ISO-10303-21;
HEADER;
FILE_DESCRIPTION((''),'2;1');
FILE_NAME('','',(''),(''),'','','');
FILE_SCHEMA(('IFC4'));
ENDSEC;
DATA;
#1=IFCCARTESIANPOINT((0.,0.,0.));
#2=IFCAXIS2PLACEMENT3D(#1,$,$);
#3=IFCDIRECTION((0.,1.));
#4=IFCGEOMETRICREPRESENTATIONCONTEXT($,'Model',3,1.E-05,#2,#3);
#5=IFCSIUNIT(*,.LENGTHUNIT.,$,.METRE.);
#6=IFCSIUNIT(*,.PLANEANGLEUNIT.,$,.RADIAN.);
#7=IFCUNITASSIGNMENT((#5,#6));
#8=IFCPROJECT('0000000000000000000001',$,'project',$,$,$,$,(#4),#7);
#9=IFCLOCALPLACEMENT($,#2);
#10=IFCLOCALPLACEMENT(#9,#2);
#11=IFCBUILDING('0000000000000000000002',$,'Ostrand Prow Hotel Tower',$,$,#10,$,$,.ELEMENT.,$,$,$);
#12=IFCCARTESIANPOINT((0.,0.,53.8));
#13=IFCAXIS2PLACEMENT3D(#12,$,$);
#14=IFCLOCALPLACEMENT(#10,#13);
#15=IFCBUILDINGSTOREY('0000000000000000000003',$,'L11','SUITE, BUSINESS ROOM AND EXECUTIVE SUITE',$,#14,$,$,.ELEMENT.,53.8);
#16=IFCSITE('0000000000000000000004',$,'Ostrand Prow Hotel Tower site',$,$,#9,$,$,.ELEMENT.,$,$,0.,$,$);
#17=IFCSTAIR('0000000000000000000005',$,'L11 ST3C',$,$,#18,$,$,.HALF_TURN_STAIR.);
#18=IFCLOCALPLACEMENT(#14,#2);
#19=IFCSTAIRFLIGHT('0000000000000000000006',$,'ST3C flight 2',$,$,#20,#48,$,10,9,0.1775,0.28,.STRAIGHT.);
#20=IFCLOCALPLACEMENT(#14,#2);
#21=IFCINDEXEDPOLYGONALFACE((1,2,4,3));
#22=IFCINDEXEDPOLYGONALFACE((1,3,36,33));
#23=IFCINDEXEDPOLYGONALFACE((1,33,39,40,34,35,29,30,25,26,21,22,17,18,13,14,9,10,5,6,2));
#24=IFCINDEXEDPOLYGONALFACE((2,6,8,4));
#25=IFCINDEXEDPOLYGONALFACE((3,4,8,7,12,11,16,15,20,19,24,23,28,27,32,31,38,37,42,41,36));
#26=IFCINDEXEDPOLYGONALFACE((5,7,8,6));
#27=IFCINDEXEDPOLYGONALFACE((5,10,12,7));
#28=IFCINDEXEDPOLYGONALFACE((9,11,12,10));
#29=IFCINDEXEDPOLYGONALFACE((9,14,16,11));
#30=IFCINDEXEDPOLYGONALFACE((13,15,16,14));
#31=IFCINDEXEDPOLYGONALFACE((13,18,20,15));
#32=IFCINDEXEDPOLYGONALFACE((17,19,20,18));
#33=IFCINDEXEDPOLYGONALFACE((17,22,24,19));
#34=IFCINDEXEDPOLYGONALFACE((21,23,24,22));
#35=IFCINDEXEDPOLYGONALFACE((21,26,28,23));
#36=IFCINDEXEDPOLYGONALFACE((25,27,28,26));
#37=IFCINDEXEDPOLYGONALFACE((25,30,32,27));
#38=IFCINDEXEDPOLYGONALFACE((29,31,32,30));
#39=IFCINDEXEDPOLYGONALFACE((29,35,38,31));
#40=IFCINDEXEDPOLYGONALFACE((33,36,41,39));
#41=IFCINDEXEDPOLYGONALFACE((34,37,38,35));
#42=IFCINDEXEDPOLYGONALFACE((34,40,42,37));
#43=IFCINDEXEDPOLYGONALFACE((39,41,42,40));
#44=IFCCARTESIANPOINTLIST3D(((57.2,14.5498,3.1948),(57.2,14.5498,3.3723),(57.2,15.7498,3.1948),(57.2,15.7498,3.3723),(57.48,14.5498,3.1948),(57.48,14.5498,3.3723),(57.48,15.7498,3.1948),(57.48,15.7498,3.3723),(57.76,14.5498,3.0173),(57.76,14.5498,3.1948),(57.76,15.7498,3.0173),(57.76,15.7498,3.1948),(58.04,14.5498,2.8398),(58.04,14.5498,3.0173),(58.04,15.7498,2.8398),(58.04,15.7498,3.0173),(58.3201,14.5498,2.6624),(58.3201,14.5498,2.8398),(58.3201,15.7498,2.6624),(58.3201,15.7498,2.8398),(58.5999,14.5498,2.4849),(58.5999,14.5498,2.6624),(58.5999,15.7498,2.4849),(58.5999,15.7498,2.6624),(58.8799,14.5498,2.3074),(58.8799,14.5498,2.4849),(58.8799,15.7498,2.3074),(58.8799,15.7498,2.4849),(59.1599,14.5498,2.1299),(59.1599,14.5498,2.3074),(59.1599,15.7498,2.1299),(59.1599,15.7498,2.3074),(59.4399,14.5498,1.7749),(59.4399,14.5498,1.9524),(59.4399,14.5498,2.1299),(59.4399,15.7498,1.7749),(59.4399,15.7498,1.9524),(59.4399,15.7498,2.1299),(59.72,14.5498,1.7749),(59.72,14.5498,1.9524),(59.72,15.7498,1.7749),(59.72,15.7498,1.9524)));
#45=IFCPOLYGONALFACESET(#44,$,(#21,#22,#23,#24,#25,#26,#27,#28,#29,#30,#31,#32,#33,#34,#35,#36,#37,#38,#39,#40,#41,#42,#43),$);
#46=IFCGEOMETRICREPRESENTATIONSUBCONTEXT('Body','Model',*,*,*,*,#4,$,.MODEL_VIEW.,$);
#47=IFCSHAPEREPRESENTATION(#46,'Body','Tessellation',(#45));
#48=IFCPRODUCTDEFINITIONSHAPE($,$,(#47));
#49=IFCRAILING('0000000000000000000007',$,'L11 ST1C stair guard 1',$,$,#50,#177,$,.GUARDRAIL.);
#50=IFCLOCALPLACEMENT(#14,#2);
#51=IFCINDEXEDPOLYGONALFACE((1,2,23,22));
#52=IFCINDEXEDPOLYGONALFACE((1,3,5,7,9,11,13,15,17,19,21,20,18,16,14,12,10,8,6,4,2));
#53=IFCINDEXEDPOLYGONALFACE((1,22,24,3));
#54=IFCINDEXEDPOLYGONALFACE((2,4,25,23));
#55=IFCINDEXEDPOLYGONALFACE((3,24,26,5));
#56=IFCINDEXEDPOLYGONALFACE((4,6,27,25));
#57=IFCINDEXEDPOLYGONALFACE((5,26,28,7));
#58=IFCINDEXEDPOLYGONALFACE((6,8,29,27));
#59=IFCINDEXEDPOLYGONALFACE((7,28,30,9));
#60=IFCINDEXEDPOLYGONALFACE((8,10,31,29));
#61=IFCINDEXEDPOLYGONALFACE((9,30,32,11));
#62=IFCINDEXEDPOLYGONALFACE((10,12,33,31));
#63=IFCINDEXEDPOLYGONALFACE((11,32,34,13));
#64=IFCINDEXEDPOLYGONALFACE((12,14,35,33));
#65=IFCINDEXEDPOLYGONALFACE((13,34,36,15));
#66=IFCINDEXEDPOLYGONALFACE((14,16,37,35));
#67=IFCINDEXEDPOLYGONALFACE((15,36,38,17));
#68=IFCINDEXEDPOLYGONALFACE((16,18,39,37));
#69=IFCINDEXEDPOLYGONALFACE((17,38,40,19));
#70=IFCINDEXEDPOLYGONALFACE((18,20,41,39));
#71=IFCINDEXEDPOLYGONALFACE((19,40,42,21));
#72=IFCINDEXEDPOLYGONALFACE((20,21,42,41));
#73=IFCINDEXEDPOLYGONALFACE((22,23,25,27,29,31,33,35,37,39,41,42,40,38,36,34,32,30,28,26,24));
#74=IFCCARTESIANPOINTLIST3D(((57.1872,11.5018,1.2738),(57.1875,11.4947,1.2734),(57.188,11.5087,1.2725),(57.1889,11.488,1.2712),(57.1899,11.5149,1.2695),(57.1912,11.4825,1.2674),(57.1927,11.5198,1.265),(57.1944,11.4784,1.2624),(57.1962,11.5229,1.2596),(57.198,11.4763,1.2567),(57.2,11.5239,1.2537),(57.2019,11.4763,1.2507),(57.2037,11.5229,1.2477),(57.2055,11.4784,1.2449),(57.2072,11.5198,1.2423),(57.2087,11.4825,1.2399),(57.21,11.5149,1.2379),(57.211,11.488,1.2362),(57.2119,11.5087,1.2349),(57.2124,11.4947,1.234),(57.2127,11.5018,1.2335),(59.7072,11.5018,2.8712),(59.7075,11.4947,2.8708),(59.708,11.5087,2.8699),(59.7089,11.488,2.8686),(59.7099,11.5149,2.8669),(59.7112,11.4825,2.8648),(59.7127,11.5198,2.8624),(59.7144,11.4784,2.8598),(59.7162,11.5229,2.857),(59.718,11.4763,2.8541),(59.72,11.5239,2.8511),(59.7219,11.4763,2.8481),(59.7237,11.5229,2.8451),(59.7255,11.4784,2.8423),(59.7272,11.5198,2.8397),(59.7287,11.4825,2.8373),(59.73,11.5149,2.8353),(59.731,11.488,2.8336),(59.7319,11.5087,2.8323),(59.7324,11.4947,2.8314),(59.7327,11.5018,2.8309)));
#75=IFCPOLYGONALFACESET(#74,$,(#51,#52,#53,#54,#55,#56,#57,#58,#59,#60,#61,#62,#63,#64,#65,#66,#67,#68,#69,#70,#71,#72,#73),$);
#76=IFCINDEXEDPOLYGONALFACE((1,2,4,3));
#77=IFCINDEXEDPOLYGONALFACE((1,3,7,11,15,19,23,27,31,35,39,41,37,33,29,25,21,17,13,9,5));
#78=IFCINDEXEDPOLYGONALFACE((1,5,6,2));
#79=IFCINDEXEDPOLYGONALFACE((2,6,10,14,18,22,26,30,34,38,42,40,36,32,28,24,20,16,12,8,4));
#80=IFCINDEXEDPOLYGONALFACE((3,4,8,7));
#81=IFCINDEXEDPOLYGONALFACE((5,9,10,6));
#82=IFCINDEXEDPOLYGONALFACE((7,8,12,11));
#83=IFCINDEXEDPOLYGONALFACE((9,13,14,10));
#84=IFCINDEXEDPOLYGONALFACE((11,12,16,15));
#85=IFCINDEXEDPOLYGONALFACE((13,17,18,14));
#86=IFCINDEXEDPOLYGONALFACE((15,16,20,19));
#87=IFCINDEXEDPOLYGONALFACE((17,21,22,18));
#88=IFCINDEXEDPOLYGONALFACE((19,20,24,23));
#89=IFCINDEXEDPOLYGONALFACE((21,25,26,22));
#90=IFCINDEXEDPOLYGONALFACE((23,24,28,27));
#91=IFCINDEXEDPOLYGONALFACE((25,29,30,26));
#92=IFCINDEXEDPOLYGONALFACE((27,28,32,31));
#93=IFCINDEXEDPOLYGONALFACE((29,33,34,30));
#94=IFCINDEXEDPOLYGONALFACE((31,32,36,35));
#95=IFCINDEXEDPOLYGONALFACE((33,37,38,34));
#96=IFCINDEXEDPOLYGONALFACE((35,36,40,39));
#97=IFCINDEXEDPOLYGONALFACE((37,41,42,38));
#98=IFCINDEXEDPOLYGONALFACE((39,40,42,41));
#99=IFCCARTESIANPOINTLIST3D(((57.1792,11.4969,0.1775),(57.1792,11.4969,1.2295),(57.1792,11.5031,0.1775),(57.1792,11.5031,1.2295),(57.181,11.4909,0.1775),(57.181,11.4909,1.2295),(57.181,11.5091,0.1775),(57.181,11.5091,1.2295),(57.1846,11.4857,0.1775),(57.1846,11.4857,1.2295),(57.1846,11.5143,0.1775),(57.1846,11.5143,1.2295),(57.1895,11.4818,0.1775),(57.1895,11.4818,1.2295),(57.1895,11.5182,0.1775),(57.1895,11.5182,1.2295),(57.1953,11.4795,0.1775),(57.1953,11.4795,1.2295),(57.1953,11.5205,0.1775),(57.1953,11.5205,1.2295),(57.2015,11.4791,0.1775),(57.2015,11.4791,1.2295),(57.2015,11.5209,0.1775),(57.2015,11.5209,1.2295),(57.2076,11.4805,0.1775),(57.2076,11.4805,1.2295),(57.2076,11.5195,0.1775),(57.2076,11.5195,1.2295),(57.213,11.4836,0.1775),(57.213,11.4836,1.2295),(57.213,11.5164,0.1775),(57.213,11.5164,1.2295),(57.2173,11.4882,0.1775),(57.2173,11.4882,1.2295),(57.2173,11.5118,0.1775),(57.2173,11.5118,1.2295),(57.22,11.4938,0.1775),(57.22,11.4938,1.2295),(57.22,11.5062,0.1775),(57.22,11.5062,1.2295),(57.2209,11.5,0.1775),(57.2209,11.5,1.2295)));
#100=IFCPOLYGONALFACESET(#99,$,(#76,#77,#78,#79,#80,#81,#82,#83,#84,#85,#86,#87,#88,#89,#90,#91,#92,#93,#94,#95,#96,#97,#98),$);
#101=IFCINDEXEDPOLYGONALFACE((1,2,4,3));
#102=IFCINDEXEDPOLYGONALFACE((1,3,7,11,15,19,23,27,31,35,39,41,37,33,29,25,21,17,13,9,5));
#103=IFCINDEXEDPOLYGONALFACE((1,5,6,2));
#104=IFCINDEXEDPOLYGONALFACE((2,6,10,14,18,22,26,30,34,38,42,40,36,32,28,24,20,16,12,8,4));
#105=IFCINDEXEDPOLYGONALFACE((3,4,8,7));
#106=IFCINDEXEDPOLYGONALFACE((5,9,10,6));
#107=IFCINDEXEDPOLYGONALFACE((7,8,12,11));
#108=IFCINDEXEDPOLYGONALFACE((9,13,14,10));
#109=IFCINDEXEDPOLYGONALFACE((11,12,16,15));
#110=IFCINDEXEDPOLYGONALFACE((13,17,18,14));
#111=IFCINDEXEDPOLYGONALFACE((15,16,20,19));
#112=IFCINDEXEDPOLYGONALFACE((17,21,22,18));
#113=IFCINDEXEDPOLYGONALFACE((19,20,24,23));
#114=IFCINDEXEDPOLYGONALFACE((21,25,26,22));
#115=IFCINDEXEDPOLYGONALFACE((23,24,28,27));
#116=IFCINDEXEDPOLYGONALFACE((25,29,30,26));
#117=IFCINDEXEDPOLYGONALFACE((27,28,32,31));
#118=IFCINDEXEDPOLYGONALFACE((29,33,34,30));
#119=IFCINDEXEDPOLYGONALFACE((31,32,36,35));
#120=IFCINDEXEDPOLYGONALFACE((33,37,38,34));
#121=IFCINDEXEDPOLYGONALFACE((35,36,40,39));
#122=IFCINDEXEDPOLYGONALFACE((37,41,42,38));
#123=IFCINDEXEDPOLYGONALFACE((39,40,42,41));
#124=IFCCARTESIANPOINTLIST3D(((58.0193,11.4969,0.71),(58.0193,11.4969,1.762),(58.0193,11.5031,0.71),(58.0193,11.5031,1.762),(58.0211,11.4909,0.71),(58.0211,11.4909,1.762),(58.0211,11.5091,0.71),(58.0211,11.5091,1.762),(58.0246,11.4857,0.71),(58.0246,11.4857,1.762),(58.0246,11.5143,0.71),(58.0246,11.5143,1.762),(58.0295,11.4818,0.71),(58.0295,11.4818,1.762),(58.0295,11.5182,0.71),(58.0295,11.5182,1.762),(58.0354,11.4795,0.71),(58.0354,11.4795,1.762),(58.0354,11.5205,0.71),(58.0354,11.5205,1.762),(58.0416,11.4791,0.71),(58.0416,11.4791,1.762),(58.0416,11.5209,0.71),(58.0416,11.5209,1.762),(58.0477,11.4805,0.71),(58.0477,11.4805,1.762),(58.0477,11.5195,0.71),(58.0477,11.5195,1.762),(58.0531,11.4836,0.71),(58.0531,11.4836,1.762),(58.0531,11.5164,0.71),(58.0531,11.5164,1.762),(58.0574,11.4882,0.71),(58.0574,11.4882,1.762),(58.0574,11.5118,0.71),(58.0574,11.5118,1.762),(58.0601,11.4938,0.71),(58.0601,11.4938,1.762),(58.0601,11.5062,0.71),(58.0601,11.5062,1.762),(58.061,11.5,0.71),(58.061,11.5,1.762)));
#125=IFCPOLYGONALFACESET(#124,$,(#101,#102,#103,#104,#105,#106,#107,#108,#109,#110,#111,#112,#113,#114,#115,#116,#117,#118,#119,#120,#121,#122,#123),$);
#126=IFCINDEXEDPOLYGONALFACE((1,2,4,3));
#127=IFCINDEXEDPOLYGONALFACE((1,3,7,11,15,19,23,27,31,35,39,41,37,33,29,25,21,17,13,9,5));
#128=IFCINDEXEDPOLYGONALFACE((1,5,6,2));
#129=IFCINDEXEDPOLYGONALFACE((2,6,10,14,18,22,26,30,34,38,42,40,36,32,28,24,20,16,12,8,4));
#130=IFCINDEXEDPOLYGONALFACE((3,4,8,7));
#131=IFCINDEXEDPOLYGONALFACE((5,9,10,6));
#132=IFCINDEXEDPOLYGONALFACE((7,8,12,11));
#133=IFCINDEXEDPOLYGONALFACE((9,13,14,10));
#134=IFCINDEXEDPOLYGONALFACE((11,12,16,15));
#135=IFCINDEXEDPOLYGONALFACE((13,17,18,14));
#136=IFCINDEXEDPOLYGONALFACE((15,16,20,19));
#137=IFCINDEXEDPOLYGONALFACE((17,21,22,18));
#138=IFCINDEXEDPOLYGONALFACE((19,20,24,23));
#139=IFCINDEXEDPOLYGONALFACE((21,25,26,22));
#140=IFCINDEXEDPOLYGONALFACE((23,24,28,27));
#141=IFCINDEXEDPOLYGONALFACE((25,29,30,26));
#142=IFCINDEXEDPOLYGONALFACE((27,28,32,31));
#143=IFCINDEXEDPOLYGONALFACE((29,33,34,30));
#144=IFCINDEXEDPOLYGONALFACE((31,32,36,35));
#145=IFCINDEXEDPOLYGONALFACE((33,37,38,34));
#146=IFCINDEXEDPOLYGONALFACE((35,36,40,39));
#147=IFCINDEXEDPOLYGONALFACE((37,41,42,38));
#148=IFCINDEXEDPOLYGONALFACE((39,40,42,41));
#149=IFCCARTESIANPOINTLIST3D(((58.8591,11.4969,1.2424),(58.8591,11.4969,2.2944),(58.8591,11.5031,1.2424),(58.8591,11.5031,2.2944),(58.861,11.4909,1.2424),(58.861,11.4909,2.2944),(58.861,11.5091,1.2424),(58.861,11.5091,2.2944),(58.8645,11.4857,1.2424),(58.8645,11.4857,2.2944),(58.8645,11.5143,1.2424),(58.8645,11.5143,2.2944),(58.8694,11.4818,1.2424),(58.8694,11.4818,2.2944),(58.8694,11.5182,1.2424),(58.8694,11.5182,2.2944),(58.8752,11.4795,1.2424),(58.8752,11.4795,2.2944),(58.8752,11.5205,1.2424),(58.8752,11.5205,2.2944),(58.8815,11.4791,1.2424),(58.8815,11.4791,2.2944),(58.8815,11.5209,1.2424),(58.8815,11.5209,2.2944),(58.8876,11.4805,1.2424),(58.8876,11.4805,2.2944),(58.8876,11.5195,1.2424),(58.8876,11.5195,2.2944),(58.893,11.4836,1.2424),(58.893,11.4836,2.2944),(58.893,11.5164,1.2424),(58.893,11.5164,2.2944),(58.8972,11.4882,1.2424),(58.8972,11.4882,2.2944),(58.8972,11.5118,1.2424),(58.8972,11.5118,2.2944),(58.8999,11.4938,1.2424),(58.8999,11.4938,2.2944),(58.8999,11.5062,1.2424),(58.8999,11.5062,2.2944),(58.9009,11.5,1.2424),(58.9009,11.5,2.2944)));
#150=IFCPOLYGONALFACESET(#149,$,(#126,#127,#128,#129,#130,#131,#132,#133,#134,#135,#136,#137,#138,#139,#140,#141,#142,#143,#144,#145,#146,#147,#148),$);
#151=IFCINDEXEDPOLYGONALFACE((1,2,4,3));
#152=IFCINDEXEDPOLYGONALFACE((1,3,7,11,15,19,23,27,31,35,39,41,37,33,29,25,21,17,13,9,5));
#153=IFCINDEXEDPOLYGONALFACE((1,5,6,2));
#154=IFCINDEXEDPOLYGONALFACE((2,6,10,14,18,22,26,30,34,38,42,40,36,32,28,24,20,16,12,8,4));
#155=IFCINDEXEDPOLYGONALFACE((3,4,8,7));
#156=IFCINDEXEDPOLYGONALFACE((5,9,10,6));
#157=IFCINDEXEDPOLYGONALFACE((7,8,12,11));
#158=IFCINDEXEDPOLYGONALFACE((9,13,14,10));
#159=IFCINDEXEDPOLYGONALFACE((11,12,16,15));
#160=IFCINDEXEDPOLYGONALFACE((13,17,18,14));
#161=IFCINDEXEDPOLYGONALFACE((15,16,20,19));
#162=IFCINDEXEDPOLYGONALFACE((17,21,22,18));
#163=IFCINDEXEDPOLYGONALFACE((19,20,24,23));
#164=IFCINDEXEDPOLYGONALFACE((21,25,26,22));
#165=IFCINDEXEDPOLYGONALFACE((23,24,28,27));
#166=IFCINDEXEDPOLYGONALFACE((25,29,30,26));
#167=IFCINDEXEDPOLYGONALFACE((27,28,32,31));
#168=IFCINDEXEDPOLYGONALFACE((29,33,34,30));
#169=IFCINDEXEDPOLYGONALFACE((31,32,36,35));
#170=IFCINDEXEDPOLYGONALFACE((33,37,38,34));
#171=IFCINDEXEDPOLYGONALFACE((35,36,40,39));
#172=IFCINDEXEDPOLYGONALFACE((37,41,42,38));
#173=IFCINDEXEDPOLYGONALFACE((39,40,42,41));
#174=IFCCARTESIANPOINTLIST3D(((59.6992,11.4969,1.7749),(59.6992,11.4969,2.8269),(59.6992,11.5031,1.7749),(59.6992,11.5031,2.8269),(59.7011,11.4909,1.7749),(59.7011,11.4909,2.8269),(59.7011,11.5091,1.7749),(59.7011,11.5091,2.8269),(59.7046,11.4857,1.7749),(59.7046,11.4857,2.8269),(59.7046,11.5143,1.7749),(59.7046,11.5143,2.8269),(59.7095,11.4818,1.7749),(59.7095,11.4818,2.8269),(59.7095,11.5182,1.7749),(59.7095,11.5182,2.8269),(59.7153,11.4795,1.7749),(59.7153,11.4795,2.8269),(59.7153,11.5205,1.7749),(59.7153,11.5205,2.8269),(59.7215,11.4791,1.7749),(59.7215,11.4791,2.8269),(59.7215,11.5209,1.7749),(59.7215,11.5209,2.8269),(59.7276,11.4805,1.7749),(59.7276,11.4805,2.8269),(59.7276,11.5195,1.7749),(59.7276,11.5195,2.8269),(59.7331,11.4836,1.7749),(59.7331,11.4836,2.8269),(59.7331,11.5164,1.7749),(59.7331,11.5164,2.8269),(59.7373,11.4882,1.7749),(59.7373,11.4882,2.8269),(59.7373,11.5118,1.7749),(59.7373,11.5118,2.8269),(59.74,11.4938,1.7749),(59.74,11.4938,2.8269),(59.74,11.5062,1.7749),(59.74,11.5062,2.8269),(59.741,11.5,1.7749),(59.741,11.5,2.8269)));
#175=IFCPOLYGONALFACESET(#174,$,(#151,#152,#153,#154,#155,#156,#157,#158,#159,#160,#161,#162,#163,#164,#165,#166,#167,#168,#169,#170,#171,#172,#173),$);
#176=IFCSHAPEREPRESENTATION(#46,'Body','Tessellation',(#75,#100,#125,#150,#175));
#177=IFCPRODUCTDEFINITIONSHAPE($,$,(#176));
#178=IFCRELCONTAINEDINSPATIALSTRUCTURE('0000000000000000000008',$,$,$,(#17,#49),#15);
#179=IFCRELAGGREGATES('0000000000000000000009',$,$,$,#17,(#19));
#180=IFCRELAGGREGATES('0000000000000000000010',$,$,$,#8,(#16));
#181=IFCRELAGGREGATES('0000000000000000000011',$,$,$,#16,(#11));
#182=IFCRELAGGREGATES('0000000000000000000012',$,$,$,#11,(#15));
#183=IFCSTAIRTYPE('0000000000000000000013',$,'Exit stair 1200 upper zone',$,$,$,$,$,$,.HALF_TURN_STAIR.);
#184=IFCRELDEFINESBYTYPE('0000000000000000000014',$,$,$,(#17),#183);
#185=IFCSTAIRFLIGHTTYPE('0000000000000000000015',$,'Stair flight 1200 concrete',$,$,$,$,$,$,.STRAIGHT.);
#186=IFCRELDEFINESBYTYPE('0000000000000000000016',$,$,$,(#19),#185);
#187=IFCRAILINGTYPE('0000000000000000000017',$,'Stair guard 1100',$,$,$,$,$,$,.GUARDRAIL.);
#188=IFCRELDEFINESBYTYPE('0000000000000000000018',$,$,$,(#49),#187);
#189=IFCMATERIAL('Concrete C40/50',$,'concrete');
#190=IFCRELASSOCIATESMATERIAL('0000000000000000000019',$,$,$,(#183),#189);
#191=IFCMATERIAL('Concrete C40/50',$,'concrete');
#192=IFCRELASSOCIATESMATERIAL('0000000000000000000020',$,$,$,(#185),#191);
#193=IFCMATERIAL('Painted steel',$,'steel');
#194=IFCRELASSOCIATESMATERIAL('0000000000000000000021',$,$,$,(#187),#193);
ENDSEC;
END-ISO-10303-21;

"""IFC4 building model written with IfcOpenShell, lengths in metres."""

from ifc_helpers import new_model, si_unit, direction, frame, origin, origin_2d, place, context, subcontext, project, spatial, polyline, circle, outline, extrude, material, type_object, element, aggregate, save


model = new_model("IFC4")

# Units and contexts
model_context = context("Model", 3, precision=1e-05, world=origin(), true_north=direction((0.0, 1.0)))
body_context = subcontext(model_context, "Body", "Model", "MODEL_VIEW")
ifc_project = project(units=[si_unit("LENGTHUNIT", "METRE"), si_unit("PLANEANGLEUNIT", "RADIAN")], contexts=[model_context])

# Site, building, storey
site_placement = place(None, origin())
site = spatial("IfcSite", under=ifc_project, at=site_placement, Name="Ostrand Prow Hotel Tower site", CompositionType="ELEMENT", RefElevation=0.0)
building_placement = place(site_placement, origin())
building = spatial("IfcBuilding", under=site, at=building_placement, Name="Ostrand Prow Hotel Tower", CompositionType="ELEMENT")
storey_placement = place(building_placement, frame((0.0, 0.0, 53.8)))
storey = spatial("IfcBuildingStorey", under=building, at=storey_placement, Name="L11", Description="SUITE, BUSINESS ROOM AND EXECUTIVE SUITE", CompositionType="ELEMENT", Elevation=53.8)

# Shared definitions
ifc_material_1 = material(Name="Concrete C40/50", Category="concrete")
stair_type = type_object("IfcStairType", Name="Exit stair 1200 upper zone", PredefinedType="HALF_TURN_STAIR", material=ifc_material_1)
ifc_material_2 = material(Name="Concrete C40/50", Category="concrete")
stair_flight_type = type_object("IfcStairFlightType", Name="Stair flight 1200 concrete", PredefinedType="STRAIGHT", material=ifc_material_2)

# Stair, stair flight
stair_1_placement = place(storey_placement, origin())
stair_1 = element("IfcStair", 1, at=stair_1_placement, inside=storey, type_object=stair_type, Name="L11 ST3C", PredefinedType="HALF_TURN_STAIR")
stair_flight_1_placement = place(storey_placement, frame((59.72, 15.1499, 1.7749), z_axis=(0.0, 0.0, 1.0), x_axis=(-1.0, 0.0, 0.0)))
stair_flight_1 = element("IfcStairFlight", 2, at=stair_flight_1_placement, type_object=stair_flight_type, Name="ST3C flight 2", NumberOfRisers=10, NumberOfTreads=9, PredefinedType="STRAIGHT", RiserHeight=0.1775, TreadLength=0.28, context=body_context, shape_type="SweptSolid", body=[
    extrude(outline(polyline([(0.0, 0.0), (0.0, 0.1775), (0.28, 0.1775), (0.28, 0.355), (0.5601, 0.355), (0.5601, 0.5325), (0.8401, 0.5325), (0.8401, 0.71), (1.1201, 0.71), (1.1201, 0.8875), (1.3999, 0.8875), (1.3999, 1.0649), (1.6799, 1.0649), (1.6799, 1.2424), (1.96, 1.2424), (1.96, 1.4199), (2.24, 1.4199), (2.24, 1.5974), (2.52, 1.5974), (2.52, 1.7749), (2.52, 1.4199), (0.28, 0.0), (0.0, 0.0)])), frame((0.0, 0.6001, 0.0), z_axis=(0.0, -1.0, 0.0), x_axis=(1.0, 0.0, 0.0)), (0.0, 0.0, 1.0), 1.2),
])
aggregate(stair_1, [stair_flight_1])

# Railing
ifc_material_3 = material(Name="Painted steel", Category="steel")
railing_type_1 = type_object("IfcRailingType", Name="Stair guard 1100", PredefinedType="GUARDRAIL", material=ifc_material_3)
railing_1_placement = place(storey_placement, frame((57.2, 11.5, 0.1775)))
element("IfcRailing", 3, at=railing_1_placement, inside=storey, type_object=railing_type_1, Name="L11 ST1C stair guard 1", PredefinedType="GUARDRAIL", context=body_context, shape_type="SweptSolid", body=[
    extrude(circle(Radius=0.0239, at=origin_2d()), frame((0.0, 0.0, 1.0762), z_axis=(0.844607, 0.0, 0.535387), x_axis=(0.0, 1.0, 0.0)), (0.0, 0.0, 1.0), 2.9836),
    extrude(circle(Radius=0.021, at=origin_2d()), origin(), (0.0, 0.0, 1.0), 1.052),
    extrude(circle(Radius=0.021, at=origin_2d()), frame((0.8401, 0.0, 0.5325)), (0.0, 0.0, 1.0), 1.052),
    extrude(circle(Radius=0.021, at=origin_2d()), frame((1.6799, 0.0, 1.0649)), (0.0, 0.0, 1.0), 1.052),
    extrude(circle(Radius=0.021, at=origin_2d()), frame((2.52, 0.0, 1.5974)), (0.0, 0.0, 1.0), 1.052),
])

save(model, "model.ifc")
